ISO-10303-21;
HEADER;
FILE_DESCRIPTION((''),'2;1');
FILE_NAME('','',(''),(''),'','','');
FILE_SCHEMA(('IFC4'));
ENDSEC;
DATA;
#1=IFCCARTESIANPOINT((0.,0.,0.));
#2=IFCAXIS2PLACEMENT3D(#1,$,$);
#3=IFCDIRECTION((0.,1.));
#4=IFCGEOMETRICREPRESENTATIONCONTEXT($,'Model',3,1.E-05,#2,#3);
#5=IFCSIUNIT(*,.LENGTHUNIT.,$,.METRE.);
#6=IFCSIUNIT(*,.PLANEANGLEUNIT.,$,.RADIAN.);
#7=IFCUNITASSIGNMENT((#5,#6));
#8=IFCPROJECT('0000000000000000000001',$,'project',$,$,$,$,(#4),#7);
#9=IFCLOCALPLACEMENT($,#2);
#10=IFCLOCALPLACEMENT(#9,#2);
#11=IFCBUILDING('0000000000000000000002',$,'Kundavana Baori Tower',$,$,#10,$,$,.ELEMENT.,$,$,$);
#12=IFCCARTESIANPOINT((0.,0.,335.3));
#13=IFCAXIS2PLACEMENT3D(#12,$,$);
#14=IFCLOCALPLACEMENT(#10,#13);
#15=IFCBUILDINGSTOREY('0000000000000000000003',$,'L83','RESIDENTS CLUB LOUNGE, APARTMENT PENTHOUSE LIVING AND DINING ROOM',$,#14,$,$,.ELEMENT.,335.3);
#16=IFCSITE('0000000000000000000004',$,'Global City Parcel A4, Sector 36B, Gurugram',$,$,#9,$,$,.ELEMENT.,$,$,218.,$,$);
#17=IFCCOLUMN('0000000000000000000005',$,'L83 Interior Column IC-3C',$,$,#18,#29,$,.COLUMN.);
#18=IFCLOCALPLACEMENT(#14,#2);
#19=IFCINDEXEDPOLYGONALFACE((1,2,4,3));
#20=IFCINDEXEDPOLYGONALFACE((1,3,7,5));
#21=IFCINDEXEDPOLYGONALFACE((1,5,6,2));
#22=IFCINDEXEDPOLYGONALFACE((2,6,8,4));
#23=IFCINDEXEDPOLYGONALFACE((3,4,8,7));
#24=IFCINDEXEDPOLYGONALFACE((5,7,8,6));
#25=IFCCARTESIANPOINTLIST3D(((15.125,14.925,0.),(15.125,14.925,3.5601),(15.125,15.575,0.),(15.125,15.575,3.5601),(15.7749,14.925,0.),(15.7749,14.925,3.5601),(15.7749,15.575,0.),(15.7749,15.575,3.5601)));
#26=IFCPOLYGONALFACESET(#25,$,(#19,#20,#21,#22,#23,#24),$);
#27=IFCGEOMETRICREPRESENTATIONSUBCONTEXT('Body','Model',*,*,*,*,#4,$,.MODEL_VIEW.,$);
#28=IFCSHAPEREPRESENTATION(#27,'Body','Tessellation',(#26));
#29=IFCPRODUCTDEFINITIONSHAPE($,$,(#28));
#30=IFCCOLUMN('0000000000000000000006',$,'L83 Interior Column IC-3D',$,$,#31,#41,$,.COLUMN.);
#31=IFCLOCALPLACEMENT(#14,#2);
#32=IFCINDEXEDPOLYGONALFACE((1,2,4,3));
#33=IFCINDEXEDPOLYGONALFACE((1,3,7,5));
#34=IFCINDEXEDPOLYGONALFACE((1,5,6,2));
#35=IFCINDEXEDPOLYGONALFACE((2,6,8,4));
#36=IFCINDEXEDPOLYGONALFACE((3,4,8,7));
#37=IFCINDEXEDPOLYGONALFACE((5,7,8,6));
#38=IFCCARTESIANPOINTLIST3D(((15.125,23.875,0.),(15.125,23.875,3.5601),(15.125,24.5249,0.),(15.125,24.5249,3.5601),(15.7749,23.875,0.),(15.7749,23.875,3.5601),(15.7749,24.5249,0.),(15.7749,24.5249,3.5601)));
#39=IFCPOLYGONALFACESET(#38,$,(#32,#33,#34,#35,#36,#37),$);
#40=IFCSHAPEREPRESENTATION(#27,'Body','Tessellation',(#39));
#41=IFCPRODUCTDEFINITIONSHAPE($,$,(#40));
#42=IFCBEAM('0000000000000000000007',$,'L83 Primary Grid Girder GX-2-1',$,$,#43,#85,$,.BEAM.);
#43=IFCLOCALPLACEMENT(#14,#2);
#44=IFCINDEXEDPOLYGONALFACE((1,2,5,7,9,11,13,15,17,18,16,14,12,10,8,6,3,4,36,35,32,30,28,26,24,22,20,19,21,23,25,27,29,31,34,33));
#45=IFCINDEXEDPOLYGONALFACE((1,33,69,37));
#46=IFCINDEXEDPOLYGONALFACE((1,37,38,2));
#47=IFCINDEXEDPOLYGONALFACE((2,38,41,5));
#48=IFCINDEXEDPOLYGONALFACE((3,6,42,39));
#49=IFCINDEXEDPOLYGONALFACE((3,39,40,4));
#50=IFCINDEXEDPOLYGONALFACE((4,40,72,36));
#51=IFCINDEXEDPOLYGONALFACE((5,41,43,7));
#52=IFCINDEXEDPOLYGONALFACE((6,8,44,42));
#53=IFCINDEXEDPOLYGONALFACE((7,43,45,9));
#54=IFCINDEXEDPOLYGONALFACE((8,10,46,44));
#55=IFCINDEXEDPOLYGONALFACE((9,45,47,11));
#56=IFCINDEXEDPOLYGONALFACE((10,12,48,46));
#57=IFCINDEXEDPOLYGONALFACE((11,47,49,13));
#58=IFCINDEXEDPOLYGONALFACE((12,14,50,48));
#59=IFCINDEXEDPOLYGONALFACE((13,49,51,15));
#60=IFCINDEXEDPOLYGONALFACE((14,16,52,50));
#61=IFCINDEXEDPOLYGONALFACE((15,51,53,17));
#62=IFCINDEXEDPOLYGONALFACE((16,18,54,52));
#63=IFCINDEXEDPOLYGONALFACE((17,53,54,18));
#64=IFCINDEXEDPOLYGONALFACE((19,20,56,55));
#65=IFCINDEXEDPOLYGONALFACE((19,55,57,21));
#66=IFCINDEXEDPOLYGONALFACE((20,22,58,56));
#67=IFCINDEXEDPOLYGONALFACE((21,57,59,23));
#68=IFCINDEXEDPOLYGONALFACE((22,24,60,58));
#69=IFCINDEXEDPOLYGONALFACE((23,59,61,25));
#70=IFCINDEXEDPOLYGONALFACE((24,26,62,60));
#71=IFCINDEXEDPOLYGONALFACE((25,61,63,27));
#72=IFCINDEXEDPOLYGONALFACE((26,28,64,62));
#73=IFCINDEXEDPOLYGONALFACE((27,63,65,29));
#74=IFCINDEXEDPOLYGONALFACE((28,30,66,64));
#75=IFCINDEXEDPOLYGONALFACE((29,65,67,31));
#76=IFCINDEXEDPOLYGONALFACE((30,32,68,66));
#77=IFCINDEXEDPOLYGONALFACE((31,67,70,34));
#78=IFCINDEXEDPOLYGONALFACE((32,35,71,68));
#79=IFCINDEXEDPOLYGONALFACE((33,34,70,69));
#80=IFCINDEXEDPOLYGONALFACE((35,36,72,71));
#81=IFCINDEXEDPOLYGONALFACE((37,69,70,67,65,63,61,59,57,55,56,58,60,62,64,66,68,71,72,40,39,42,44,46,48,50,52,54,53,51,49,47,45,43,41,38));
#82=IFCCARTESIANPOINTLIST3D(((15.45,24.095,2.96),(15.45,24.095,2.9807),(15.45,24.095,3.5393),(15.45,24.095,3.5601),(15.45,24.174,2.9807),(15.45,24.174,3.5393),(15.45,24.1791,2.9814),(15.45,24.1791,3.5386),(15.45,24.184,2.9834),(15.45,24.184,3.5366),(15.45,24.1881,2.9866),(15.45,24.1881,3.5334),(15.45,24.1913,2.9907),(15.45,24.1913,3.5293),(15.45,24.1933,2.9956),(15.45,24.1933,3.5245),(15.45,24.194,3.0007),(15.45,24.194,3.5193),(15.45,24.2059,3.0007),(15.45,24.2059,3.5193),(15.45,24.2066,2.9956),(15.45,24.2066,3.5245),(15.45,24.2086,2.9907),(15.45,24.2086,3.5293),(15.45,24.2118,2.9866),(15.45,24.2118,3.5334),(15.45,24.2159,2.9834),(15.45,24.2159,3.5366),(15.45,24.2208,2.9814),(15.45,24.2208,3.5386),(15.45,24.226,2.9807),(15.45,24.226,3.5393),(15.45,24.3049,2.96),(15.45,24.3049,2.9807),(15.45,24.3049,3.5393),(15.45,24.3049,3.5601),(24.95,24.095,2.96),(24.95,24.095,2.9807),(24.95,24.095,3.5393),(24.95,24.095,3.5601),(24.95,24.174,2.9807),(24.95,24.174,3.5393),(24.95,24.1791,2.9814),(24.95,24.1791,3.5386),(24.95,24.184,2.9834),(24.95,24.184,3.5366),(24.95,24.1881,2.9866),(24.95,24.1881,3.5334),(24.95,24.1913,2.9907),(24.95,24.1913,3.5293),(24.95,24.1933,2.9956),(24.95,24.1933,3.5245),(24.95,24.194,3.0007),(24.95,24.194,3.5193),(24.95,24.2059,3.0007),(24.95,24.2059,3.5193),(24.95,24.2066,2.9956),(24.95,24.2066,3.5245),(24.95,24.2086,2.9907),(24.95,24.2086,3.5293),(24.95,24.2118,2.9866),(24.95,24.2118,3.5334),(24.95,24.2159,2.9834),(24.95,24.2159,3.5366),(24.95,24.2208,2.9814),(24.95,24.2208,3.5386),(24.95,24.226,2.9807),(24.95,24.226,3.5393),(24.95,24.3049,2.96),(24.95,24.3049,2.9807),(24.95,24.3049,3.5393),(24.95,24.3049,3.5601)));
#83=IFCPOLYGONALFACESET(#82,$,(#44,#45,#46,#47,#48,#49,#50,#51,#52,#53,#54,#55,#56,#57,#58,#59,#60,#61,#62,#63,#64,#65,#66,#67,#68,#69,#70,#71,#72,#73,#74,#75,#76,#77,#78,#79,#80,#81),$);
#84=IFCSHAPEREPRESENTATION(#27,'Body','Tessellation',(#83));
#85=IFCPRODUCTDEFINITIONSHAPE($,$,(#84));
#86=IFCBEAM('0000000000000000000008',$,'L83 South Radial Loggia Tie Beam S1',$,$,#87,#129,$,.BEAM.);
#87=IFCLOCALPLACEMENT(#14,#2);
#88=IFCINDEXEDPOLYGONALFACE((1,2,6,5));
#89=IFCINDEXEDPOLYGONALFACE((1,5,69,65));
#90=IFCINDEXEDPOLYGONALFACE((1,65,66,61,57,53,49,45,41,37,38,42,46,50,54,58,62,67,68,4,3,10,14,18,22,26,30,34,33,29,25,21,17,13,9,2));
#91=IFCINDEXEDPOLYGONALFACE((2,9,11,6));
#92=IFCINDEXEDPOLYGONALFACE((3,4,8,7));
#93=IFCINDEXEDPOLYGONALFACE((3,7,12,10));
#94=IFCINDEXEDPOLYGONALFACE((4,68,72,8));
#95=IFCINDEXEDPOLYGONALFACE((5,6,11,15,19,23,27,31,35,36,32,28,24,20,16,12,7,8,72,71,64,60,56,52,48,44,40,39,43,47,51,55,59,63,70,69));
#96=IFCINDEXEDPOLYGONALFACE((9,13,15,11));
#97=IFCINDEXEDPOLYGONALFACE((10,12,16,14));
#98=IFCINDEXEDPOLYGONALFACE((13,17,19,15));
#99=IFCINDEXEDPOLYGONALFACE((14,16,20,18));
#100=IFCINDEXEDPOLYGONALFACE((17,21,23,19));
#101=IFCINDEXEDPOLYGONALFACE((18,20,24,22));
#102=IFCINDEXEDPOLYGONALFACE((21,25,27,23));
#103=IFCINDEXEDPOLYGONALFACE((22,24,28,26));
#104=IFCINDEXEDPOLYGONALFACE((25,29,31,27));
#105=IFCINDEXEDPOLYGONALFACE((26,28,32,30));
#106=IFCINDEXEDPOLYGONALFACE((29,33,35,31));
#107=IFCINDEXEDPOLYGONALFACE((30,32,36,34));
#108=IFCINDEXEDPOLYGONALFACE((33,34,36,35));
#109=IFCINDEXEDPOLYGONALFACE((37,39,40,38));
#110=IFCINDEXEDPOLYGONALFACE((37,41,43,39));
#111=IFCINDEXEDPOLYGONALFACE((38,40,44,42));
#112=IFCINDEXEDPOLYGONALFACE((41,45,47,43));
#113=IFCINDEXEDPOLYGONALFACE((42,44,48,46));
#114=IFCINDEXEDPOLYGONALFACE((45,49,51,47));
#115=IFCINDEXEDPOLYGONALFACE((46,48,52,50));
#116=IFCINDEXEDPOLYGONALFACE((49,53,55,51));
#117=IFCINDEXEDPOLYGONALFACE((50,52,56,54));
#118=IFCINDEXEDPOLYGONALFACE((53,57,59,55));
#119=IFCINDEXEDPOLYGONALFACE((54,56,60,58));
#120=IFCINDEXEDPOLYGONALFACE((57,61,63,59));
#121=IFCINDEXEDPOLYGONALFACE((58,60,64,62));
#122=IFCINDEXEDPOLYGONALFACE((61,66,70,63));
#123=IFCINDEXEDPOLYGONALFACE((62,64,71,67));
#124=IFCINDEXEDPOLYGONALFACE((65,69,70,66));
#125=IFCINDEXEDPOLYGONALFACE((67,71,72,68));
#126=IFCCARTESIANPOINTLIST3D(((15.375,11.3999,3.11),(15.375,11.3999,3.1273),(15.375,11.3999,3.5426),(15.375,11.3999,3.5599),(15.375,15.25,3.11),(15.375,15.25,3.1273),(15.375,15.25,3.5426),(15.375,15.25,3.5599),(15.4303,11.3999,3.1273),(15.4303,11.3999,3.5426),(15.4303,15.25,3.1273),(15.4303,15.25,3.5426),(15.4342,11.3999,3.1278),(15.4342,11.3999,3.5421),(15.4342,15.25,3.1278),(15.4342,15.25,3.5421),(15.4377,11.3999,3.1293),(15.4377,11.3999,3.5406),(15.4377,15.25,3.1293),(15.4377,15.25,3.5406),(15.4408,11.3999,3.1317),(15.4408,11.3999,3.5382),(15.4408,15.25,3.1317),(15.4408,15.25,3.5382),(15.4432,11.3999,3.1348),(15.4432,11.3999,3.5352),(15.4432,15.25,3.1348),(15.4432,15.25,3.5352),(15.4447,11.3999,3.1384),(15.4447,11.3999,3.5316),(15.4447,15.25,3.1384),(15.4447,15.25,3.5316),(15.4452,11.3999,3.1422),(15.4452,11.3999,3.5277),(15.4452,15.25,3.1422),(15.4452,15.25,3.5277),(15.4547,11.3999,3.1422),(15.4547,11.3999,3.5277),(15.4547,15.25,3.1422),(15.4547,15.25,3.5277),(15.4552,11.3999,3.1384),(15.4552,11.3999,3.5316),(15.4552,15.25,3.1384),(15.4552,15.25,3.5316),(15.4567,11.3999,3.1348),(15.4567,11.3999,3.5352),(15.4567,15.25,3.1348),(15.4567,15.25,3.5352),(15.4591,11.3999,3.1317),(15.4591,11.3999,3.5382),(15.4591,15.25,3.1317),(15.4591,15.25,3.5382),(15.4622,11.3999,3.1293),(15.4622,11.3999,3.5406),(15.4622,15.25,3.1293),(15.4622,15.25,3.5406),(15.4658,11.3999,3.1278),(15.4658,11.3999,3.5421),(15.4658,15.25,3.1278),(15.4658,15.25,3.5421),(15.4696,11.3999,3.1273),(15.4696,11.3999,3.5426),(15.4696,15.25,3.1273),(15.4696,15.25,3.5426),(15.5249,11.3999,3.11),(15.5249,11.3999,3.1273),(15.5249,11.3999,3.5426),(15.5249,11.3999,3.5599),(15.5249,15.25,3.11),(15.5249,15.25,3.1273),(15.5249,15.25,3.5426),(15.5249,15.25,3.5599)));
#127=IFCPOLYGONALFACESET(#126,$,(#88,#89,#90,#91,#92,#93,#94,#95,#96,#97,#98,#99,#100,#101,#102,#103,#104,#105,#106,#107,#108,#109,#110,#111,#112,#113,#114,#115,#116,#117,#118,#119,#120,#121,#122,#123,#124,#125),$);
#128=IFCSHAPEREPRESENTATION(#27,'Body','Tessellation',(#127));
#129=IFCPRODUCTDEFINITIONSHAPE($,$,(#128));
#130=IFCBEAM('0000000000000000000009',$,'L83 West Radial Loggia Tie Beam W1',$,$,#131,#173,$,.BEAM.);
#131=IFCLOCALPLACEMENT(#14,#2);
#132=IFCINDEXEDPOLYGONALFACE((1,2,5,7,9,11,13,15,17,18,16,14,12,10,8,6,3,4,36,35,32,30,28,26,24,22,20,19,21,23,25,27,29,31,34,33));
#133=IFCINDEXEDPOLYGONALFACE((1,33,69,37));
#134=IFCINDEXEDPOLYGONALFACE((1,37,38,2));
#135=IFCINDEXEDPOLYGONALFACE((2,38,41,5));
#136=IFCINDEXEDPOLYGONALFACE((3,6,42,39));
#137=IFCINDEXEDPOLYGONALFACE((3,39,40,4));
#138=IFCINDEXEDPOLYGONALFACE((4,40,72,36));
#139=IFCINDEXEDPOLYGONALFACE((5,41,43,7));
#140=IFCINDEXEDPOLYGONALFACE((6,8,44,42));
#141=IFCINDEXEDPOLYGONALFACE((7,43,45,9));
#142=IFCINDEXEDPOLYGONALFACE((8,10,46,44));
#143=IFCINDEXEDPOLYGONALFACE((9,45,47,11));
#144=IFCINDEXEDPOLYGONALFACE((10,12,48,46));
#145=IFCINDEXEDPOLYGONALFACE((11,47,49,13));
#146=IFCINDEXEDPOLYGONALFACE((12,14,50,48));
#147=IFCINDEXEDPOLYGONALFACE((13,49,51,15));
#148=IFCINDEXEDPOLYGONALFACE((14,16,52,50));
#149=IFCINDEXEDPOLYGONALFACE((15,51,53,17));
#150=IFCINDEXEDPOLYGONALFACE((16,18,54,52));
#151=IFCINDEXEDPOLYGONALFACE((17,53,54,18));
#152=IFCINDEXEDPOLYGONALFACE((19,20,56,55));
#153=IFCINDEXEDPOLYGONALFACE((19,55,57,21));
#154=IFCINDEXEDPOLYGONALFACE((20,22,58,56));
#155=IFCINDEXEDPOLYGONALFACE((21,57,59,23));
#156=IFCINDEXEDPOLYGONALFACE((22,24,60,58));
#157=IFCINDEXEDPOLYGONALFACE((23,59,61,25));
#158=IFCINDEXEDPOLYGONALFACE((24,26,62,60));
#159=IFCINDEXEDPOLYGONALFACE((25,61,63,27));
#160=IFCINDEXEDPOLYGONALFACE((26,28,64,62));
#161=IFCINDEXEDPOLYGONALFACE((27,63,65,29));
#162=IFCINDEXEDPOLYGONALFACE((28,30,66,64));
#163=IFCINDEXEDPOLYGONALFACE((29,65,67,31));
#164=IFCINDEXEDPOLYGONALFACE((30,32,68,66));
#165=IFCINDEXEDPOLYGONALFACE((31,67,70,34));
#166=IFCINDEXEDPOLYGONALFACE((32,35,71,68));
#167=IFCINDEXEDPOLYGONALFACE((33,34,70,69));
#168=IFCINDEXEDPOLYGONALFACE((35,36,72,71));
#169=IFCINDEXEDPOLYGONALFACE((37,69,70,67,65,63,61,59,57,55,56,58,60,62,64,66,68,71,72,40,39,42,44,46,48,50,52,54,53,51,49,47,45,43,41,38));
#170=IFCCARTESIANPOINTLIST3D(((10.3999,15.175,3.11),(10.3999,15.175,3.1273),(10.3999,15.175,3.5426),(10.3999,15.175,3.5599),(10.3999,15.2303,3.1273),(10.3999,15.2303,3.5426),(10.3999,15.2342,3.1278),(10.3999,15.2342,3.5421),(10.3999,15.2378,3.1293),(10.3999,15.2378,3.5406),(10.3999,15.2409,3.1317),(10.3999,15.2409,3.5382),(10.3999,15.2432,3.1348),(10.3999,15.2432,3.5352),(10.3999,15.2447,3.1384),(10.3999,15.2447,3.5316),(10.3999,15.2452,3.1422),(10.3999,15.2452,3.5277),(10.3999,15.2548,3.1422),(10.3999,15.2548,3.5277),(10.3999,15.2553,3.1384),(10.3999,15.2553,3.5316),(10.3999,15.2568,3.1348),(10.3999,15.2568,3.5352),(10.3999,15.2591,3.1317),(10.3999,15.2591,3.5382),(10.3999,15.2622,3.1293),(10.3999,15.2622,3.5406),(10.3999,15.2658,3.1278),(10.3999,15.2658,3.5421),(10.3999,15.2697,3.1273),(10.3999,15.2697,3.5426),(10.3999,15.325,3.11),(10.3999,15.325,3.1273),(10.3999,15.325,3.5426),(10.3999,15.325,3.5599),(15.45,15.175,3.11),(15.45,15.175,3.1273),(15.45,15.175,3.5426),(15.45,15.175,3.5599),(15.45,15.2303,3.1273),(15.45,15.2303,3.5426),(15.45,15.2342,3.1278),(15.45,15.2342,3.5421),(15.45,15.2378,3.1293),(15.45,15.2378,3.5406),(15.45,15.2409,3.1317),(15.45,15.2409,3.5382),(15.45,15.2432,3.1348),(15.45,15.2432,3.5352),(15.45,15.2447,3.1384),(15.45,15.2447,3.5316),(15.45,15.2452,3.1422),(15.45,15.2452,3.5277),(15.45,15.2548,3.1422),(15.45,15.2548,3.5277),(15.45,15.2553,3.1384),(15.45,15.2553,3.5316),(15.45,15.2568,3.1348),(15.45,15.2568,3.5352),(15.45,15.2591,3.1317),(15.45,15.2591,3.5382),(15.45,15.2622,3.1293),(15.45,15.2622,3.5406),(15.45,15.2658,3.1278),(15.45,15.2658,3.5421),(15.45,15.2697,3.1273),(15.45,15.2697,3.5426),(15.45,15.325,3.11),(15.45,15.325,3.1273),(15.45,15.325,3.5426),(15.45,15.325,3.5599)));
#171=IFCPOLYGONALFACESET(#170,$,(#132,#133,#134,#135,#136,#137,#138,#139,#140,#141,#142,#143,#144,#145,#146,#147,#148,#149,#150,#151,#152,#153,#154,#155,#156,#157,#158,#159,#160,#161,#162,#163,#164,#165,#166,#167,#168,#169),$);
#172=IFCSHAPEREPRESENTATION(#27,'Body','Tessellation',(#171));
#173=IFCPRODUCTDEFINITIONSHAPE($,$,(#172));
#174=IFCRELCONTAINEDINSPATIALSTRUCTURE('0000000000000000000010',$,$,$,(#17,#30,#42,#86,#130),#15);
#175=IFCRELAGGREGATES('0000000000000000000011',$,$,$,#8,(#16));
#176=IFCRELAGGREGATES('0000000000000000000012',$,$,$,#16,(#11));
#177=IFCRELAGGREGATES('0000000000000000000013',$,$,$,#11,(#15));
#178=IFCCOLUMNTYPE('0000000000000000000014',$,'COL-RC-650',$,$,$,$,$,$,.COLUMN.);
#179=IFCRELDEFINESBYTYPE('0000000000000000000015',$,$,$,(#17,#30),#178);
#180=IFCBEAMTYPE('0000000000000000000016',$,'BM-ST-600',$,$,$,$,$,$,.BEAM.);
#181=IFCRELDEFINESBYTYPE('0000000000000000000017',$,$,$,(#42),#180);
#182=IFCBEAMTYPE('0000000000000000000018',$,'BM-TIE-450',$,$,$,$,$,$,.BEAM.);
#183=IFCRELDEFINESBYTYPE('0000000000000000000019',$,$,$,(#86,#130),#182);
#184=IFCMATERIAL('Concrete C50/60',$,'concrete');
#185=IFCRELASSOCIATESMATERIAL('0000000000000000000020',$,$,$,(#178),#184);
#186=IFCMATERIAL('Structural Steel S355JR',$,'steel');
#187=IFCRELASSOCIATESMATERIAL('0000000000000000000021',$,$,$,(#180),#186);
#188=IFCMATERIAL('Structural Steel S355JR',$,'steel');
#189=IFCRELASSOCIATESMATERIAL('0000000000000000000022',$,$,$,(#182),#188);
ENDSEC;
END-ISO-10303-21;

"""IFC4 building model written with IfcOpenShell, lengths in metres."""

from ifc_helpers import new_model, si_unit, direction, frame, origin, origin_2d, place, context, subcontext, project, spatial, rectangle, i_section, extrude, material, material_profile, profile_set, type_object, element, save


model = new_model("IFC4")

# Units and contexts
model_context = context("Model", 3, precision=1e-05, world=origin(), true_north=direction((0.0, 1.0)))
body_context = subcontext(model_context, "Body", "Model", "MODEL_VIEW")
ifc_project = project(units=[si_unit("LENGTHUNIT", "METRE"), si_unit("PLANEANGLEUNIT", "RADIAN")], contexts=[model_context])

# Site, building, storey
site_placement = place(None, origin())
site = spatial("IfcSite", under=ifc_project, at=site_placement, Name="Global City Parcel A4, Sector 36B, Gurugram", CompositionType="ELEMENT", RefElevation=218.0)
building_placement = place(site_placement, origin())
building = spatial("IfcBuilding", under=site, at=building_placement, Name="Kundavana Baori Tower", CompositionType="ELEMENT")
storey_placement = place(building_placement, frame((0.0, 0.0, 335.3)))
storey = spatial("IfcBuildingStorey", under=building, at=storey_placement, Name="L83", Description="RESIDENTS CLUB LOUNGE, APARTMENT PENTHOUSE LIVING AND DINING ROOM", CompositionType="ELEMENT", Elevation=335.3)

# Columns
ifc_material_1 = material(Name="Concrete C50/60", Category="concrete")
ifc_material_profile_1 = material_profile(ifc_material_1, rectangle(XDim=0.6499, YDim=0.6499, at=origin_2d()), Name="RC 650x650")
ifc_profile_set_1 = profile_set([ifc_material_profile_1], Name="Concrete C50/60")
column_type = type_object("IfcColumnType", Name="COL-RC-650", PredefinedType="COLUMN", material=ifc_profile_set_1)
for number, where, z_axis, x_axis, name in (
    (1, (15.45, 15.25, 0.0), (0.0, 0.0, 1.0), (1.0, 0.0, 0.0), "L83 Interior Column IC-3C"),
    (2, (15.45, 24.2, 0.0), (0.0, 0.0, 1.0), (1.0, 0.0, 0.0), "L83 Interior Column IC-3D"),
):
    element("IfcColumn", number, at=place(storey_placement, frame(where, z_axis=z_axis, x_axis=x_axis)), inside=storey, type_object=column_type, Name=name, PredefinedType="COLUMN", context=body_context, shape_type="SweptSolid", body=[
        extrude(rectangle(XDim=0.6499, YDim=0.6499, at=origin_2d()), origin(), (0.0, 0.0, 1.0), 3.5601),
    ])

# Beams
ifc_material_2 = material(Name="Structural Steel S355JR", Category="steel")
ifc_material_profile_2 = material_profile(ifc_material_2, i_section(OverallWidth=0.21, OverallDepth=0.6001, WebThickness=0.012, FlangeThickness=0.0208, FilletRadius=0.02, at=origin_2d()), Name="ISMB 600")
ifc_profile_set_2 = profile_set([ifc_material_profile_2], Name="Structural Steel S355JR")
beam_type_1 = type_object("IfcBeamType", Name="BM-ST-600", PredefinedType="BEAM", material=ifc_profile_set_2)
beam_1_placement = place(storey_placement, frame((15.45, 24.2, 3.26), z_axis=(1.0, 0.0, 0.0), x_axis=(0.0, 1.0, 0.0)))
element("IfcBeam", 3, at=beam_1_placement, inside=storey, type_object=beam_type_1, Name="L83 Primary Grid Girder GX-2-1", PredefinedType="BEAM", context=body_context, shape_type="SweptSolid", body=[
    extrude(i_section(OverallWidth=0.21, OverallDepth=0.6001, WebThickness=0.012, FlangeThickness=0.0208, FilletRadius=0.02, at=origin_2d()), origin(), (0.0, 0.0, 1.0), 9.5),
])
ifc_material_3 = material(Name="Structural Steel S355JR", Category="steel")
ifc_material_profile_3 = material_profile(ifc_material_3, i_section(OverallWidth=0.1499, OverallDepth=0.45, WebThickness=0.0095, FlangeThickness=0.0173, FilletRadius=0.0149, at=origin_2d()), Name="ISMB 450")
ifc_profile_set_3 = profile_set([ifc_material_profile_3], Name="Structural Steel S355JR")
beam_type_2 = type_object("IfcBeamType", Name="BM-TIE-450", PredefinedType="BEAM", material=ifc_profile_set_3)
beam_2_placement = place(storey_placement, frame((15.45, 15.25, 3.335), z_axis=(0.0, -1.0, 0.0), x_axis=(1.0, 0.0, 0.0)))
element("IfcBeam", 4, at=beam_2_placement, inside=storey, type_object=beam_type_2, Name="L83 South Radial Loggia Tie Beam S1", PredefinedType="BEAM", context=body_context, shape_type="SweptSolid", body=[
    extrude(i_section(OverallWidth=0.1499, OverallDepth=0.45, WebThickness=0.0095, FlangeThickness=0.0173, FilletRadius=0.0149, at=origin_2d()), origin(), (0.0, 0.0, 1.0), 3.8501),
])
for number, where, z_axis, x_axis, name in (
    (5, (15.45, 15.25, 3.335), (-1.0, 0.0, 0.0), (0.0, -1.0, 0.0), "L83 West Radial Loggia Tie Beam W1"),
):
    element("IfcBeam", number, at=place(storey_placement, frame(where, z_axis=z_axis, x_axis=x_axis)), inside=storey, type_object=beam_type_2, Name=name, PredefinedType="BEAM", context=body_context, shape_type="SweptSolid", body=[
        extrude(i_section(OverallWidth=0.1499, OverallDepth=0.45, WebThickness=0.0095, FlangeThickness=0.0173, FilletRadius=0.0149, at=origin_2d()), origin(), (0.0, 0.0, 1.0), 5.05),
    ])

save(model, "model.ifc")
